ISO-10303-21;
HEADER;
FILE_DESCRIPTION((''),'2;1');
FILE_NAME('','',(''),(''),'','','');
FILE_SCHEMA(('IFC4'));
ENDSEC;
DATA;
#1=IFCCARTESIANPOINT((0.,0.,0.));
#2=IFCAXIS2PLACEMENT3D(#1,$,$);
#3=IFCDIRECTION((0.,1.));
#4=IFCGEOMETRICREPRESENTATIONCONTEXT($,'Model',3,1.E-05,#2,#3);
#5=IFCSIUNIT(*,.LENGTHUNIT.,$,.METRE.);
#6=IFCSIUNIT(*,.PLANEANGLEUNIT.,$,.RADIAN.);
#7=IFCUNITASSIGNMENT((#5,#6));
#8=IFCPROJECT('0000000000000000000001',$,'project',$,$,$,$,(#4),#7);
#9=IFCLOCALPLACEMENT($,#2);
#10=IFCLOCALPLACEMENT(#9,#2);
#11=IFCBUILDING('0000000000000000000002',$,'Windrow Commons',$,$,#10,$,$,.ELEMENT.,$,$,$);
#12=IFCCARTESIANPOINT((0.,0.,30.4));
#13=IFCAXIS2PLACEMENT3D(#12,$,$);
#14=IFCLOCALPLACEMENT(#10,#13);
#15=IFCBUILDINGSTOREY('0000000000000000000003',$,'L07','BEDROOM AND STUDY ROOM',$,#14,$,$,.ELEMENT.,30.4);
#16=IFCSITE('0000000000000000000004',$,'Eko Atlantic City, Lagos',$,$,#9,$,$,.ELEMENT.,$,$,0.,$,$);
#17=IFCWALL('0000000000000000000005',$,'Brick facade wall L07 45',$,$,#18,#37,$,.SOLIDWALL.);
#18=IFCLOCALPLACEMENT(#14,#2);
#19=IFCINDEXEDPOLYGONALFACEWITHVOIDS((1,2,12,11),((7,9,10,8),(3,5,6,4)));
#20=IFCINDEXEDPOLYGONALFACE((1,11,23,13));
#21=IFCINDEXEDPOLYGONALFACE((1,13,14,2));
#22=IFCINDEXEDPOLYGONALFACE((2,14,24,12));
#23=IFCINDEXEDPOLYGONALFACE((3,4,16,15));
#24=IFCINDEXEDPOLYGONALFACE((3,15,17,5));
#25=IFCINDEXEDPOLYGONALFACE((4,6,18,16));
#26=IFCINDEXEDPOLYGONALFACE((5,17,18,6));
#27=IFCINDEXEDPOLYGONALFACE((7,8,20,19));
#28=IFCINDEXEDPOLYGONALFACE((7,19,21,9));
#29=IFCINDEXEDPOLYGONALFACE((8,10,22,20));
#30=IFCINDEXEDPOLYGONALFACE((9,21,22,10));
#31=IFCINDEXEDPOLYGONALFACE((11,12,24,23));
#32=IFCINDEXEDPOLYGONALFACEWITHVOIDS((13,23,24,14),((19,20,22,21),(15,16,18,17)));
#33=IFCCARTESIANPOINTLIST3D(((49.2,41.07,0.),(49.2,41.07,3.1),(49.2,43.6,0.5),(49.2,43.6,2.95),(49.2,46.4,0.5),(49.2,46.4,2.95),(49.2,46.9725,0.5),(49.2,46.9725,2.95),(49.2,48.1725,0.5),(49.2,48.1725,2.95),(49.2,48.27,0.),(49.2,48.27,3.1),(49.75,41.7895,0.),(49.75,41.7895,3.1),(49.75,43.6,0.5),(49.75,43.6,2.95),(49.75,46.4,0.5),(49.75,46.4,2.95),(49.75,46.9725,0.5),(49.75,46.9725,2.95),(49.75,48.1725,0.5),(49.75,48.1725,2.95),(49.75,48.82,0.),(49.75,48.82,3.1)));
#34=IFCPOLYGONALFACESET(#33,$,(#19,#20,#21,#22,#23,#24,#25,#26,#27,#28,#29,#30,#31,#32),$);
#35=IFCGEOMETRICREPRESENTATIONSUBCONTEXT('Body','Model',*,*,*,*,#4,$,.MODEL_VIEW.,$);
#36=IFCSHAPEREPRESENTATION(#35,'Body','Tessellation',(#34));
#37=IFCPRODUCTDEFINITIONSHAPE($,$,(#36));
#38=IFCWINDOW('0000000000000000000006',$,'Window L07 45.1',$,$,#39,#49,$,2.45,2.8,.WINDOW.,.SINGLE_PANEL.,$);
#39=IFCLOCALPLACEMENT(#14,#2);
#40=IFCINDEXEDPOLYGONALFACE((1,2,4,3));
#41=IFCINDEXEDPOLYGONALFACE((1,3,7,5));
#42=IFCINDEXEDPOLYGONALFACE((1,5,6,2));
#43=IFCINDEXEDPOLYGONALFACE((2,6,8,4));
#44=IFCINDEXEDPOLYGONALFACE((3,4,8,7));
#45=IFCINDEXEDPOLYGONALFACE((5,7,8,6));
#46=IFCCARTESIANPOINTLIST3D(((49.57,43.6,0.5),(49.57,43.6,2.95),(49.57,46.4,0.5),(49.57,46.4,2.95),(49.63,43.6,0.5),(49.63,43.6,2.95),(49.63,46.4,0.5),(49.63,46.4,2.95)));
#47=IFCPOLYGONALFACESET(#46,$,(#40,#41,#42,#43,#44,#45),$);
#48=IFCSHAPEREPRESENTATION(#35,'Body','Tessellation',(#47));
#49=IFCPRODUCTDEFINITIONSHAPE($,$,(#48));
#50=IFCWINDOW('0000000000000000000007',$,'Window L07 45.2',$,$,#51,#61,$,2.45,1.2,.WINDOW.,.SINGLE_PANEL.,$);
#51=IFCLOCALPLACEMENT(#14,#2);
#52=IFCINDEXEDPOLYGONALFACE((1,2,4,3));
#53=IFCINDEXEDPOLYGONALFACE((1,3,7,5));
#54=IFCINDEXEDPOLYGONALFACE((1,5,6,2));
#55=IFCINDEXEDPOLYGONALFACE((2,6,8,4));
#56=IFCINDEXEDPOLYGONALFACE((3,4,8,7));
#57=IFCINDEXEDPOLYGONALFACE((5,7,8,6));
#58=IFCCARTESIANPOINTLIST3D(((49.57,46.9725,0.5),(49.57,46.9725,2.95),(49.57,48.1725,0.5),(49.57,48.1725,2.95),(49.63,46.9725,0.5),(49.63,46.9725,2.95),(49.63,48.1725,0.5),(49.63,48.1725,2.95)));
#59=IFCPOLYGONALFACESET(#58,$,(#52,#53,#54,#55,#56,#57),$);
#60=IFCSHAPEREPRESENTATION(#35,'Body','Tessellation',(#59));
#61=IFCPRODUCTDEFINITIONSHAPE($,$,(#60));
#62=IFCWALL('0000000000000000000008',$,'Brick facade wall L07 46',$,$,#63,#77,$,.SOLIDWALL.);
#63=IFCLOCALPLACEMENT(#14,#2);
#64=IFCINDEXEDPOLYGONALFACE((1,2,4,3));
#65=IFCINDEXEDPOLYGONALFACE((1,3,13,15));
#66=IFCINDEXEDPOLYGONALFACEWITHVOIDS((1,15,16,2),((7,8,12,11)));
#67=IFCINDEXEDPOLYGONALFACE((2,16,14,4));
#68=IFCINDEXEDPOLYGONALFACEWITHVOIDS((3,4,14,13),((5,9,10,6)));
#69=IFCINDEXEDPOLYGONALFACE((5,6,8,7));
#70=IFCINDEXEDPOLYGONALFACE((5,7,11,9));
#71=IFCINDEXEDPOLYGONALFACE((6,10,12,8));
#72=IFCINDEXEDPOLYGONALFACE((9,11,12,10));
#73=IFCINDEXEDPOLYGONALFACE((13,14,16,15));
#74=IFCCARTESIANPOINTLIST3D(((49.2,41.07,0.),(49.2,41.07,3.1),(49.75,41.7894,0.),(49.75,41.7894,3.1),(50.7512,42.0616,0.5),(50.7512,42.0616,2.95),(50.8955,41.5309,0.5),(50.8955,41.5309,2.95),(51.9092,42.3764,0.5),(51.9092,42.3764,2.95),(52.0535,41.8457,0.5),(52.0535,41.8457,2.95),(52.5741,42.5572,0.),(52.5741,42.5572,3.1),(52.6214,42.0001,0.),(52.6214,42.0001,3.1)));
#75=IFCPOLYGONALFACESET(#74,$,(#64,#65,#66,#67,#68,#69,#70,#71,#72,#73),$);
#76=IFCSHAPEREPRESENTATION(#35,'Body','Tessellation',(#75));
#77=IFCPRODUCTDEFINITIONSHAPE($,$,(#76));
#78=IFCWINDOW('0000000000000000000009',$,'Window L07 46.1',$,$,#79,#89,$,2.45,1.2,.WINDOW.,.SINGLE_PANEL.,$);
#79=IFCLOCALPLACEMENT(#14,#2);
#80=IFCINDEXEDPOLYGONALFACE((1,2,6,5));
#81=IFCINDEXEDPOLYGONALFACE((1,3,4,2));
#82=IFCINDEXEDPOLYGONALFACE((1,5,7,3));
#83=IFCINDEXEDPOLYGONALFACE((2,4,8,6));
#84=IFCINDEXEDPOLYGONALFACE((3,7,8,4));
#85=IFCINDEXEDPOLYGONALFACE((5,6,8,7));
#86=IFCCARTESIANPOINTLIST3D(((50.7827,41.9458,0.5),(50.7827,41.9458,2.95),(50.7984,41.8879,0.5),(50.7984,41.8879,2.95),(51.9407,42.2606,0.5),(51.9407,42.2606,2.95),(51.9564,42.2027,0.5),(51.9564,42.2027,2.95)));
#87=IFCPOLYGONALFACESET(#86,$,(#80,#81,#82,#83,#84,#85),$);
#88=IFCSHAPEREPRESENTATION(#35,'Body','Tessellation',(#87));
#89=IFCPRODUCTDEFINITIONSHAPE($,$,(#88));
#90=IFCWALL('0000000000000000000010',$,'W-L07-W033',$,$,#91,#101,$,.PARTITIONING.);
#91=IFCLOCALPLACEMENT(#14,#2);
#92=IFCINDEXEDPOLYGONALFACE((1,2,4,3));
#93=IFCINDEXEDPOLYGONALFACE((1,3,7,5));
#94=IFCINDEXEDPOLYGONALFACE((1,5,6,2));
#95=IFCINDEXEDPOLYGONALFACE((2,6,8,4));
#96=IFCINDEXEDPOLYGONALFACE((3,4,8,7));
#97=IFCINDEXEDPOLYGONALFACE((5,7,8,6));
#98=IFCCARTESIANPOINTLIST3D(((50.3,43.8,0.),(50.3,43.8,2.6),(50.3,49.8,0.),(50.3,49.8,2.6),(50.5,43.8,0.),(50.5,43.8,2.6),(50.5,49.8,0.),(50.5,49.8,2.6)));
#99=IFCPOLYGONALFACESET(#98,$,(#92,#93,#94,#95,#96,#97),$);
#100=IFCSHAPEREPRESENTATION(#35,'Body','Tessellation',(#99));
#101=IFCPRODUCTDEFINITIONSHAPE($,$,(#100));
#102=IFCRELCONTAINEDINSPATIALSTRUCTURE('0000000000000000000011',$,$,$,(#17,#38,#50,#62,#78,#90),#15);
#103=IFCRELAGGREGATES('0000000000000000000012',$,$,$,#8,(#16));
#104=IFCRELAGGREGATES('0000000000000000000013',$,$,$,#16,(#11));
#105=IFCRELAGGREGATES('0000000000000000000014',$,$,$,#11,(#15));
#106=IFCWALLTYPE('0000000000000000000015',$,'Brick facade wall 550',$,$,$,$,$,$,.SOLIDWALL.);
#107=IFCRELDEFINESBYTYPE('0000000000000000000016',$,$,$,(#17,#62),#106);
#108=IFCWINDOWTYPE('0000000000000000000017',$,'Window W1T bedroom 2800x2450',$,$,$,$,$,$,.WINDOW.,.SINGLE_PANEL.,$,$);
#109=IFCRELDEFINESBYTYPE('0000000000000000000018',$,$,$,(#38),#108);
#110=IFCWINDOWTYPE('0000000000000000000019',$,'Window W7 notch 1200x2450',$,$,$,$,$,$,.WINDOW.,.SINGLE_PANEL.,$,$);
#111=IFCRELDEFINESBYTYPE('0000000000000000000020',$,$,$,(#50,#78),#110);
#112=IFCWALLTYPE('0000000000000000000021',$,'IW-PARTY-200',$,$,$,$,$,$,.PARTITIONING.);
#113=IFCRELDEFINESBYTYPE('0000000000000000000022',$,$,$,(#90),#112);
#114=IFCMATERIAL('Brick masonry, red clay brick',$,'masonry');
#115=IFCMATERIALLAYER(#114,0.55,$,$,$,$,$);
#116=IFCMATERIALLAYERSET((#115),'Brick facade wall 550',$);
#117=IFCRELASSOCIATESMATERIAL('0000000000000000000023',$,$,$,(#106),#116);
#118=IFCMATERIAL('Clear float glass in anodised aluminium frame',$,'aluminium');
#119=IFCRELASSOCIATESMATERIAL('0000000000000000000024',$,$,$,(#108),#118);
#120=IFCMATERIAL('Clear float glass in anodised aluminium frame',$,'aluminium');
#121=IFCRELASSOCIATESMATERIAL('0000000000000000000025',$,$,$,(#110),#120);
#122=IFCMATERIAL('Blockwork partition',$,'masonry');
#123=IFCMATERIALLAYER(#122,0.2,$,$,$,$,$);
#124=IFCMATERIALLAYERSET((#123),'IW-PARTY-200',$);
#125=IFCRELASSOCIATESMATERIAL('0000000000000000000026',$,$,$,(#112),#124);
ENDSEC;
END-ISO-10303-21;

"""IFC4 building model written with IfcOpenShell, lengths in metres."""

from ifc_helpers import new_model, si_unit, direction, frame, frame_2d, origin, place, context, subcontext, project, spatial, polyline, rectangle, outline, extrude, material, layer, layer_set, type_object, element, fill, save


model = new_model("IFC4")

# Units and contexts
model_context = context("Model", 3, precision=1e-05, world=origin(), true_north=direction((0.0, 1.0)))
body_context = subcontext(model_context, "Body", "Model", "MODEL_VIEW")
ifc_project = project(units=[si_unit("LENGTHUNIT", "METRE"), si_unit("PLANEANGLEUNIT", "RADIAN")], contexts=[model_context])

# Site, building, storey
site_placement = place(None, origin())
site = spatial("IfcSite", under=ifc_project, at=site_placement, Name="Eko Atlantic City, Lagos", CompositionType="ELEMENT", RefElevation=0.0)
building_placement = place(site_placement, origin())
building = spatial("IfcBuilding", under=site, at=building_placement, Name="Windrow Commons", CompositionType="ELEMENT")
storey_placement = place(building_placement, frame((0.0, 0.0, 30.4)))
storey = spatial("IfcBuildingStorey", under=building, at=storey_placement, Name="L07", Description="BEDROOM AND STUDY ROOM", CompositionType="ELEMENT", Elevation=30.4)

# Wall, openings, windows
ifc_material_1 = material(Name="Brick masonry, red clay brick", Category="masonry")
ifc_layer_1 = layer(ifc_material_1, 0.55)
ifc_layer_set_1 = layer_set([ifc_layer_1], Name="Brick facade wall 550")
wall_type_1 = type_object("IfcWallType", Name="Brick facade wall 550", PredefinedType="SOLIDWALL", material=ifc_layer_set_1)
ifc_material_2 = material(Name="Clear float glass in anodised aluminium frame", Category="aluminium")
window_type_1 = type_object("IfcWindowType", Name="Window W1T bedroom 2800x2450", PartitioningType="SINGLE_PANEL", PredefinedType="WINDOW", material=ifc_material_2)
ifc_material_3 = material(Name="Clear float glass in anodised aluminium frame", Category="aluminium")
window_type_2 = type_object("IfcWindowType", Name="Window W7 notch 1200x2450", PartitioningType="SINGLE_PANEL", PredefinedType="WINDOW", material=ifc_material_3)
wall_1_placement = place(storey_placement, frame((49.475, 48.545, 0.0), z_axis=(0.0, 0.0, 1.0), x_axis=(0.0, -1.0, 0.0)))
wall_1 = element("IfcWall", 1, at=wall_1_placement, inside=storey, type_object=wall_type_1, Name="Brick facade wall L07 45", PredefinedType="SOLIDWALL", context=body_context, shape_type="SweptSolid", body=[
    extrude(outline(polyline([(0.275, -0.275), (7.475, -0.275), (6.7555, 0.275), (-0.275, 0.275), (0.275, -0.275)])), origin(), (0.0, 0.0, 1.0), 3.1),
])
opening_1_placement = place(wall_1_placement, frame((2.145, 0.0, 0.5)))
opening_1 = element("IfcOpeningElement", 2, at=opening_1_placement, cuts=wall_1, PredefinedType="OPENING", context=body_context, shape_type="SweptSolid", body=[
    extrude(rectangle(XDim=2.8, YDim=2.45, at=frame_2d((1.4, 1.225))), frame((0.0, 0.285, 0.0), z_axis=(0.0, -1.0, 0.0), x_axis=(1.0, 0.0, 0.0)), (0.0, 0.0, 1.0), 0.57),
])
opening_2_placement = place(wall_1_placement, frame((0.3725, 0.0, 0.5)))
opening_2 = element("IfcOpeningElement", 3, at=opening_2_placement, cuts=wall_1, PredefinedType="OPENING", context=body_context, shape_type="SweptSolid", body=[
    extrude(rectangle(XDim=1.2, YDim=2.45, at=frame_2d((0.6, 1.225))), frame((0.0, 0.285, 0.0), z_axis=(0.0, -1.0, 0.0), x_axis=(1.0, 0.0, 0.0)), (0.0, 0.0, 1.0), 0.57),
])
window_1_placement = place(opening_1_placement, origin())
window_1 = element("IfcWindow", 4, at=window_1_placement, inside=storey, type_object=window_type_1, Name="Window L07 45.1", OverallHeight=2.45, OverallWidth=2.8, PartitioningType="SINGLE_PANEL", PredefinedType="WINDOW", context=body_context, shape_type="SweptSolid", body=[
    extrude(rectangle(XDim=2.8, YDim=2.45, at=frame_2d((1.4, 1.225))), frame((0.0, 0.155, 0.0), z_axis=(0.0, -1.0, 0.0), x_axis=(1.0, 0.0, 0.0)), (0.0, 0.0, 1.0), 0.06),
])
fill(opening_1, window_1)
window_2_placement = place(opening_2_placement, origin())
window_2 = element("IfcWindow", 5, at=window_2_placement, inside=storey, type_object=window_type_2, Name="Window L07 45.2", OverallHeight=2.45, OverallWidth=1.2, PartitioningType="SINGLE_PANEL", PredefinedType="WINDOW", context=body_context, shape_type="SweptSolid", body=[
    extrude(rectangle(XDim=1.2, YDim=2.45, at=frame_2d((0.6, 1.225))), frame((0.0, 0.155, 0.0), z_axis=(0.0, -1.0, 0.0), x_axis=(1.0, 0.0, 0.0)), (0.0, 0.0, 1.0), 0.06),
])
fill(opening_2, window_2)

# Wall, opening, window
wall_2_placement = place(storey_placement, frame((49.475, 41.4297, 0.0), z_axis=(0.0, 0.0, 1.0), x_axis=(0.964979, 0.262328, 0.0)))
wall_2 = element("IfcWall", 6, at=wall_2_placement, inside=storey, type_object=wall_type_1, Name="Brick facade wall L07 46", PredefinedType="SOLIDWALL", context=body_context, shape_type="SweptSolid", body=[
    extrude(outline(polyline([(-0.3597, -0.275), (3.1858, -0.275), (3.2863, 0.275), (0.3597, 0.275), (-0.3597, -0.275)])), origin(), (0.0, 0.0, 1.0), 3.1),
])
opening_3_placement = place(wall_2_placement, frame((1.3973, 0.0, 0.5)))
opening_3 = element("IfcOpeningElement", 7, at=opening_3_placement, cuts=wall_2, PredefinedType="OPENING", context=body_context, shape_type="SweptSolid", body=[
    extrude(rectangle(XDim=1.2, YDim=2.45, at=frame_2d((0.6, 1.225))), frame((0.0, 0.285, 0.0), z_axis=(0.0, -1.0, 0.0), x_axis=(1.0, 0.0, 0.0)), (0.0, 0.0, 1.0), 0.57),
])
window_3_placement = place(opening_3_placement, origin())
window_3 = element("IfcWindow", 8, at=window_3_placement, inside=storey, type_object=window_type_2, Name="Window L07 46.1", OverallHeight=2.45, OverallWidth=1.2, PartitioningType="SINGLE_PANEL", PredefinedType="WINDOW", context=body_context, shape_type="SweptSolid", body=[
    extrude(rectangle(XDim=1.2, YDim=2.45, at=frame_2d((0.6, 1.225))), frame((0.0, 0.155, 0.0), z_axis=(0.0, -1.0, 0.0), x_axis=(1.0, 0.0, 0.0)), (0.0, 0.0, 1.0), 0.06),
])
fill(opening_3, window_3)

# Wall
ifc_material_4 = material(Name="Blockwork partition", Category="masonry")
ifc_layer_2 = layer(ifc_material_4, 0.2)
ifc_layer_set_2 = layer_set([ifc_layer_2], Name="IW-PARTY-200")
wall_type_2 = type_object("IfcWallType", Name="IW-PARTY-200", PredefinedType="PARTITIONING", material=ifc_layer_set_2)
wall_3_placement = place(storey_placement, frame((50.4, 43.8, 0.0), z_axis=(0.0, 0.0, 1.0), x_axis=(0.0, 1.0, 0.0)))
element("IfcWall", 9, at=wall_3_placement, inside=storey, type_object=wall_type_2, Name="W-L07-W033", PredefinedType="PARTITIONING", context=body_context, shape_type="SweptSolid", body=[
    extrude(rectangle(XDim=6.0, YDim=0.2, at=frame_2d((3.0, 0.0))), origin(), (0.0, 0.0, 1.0), 2.6),
])

save(model, "model.ifc")
